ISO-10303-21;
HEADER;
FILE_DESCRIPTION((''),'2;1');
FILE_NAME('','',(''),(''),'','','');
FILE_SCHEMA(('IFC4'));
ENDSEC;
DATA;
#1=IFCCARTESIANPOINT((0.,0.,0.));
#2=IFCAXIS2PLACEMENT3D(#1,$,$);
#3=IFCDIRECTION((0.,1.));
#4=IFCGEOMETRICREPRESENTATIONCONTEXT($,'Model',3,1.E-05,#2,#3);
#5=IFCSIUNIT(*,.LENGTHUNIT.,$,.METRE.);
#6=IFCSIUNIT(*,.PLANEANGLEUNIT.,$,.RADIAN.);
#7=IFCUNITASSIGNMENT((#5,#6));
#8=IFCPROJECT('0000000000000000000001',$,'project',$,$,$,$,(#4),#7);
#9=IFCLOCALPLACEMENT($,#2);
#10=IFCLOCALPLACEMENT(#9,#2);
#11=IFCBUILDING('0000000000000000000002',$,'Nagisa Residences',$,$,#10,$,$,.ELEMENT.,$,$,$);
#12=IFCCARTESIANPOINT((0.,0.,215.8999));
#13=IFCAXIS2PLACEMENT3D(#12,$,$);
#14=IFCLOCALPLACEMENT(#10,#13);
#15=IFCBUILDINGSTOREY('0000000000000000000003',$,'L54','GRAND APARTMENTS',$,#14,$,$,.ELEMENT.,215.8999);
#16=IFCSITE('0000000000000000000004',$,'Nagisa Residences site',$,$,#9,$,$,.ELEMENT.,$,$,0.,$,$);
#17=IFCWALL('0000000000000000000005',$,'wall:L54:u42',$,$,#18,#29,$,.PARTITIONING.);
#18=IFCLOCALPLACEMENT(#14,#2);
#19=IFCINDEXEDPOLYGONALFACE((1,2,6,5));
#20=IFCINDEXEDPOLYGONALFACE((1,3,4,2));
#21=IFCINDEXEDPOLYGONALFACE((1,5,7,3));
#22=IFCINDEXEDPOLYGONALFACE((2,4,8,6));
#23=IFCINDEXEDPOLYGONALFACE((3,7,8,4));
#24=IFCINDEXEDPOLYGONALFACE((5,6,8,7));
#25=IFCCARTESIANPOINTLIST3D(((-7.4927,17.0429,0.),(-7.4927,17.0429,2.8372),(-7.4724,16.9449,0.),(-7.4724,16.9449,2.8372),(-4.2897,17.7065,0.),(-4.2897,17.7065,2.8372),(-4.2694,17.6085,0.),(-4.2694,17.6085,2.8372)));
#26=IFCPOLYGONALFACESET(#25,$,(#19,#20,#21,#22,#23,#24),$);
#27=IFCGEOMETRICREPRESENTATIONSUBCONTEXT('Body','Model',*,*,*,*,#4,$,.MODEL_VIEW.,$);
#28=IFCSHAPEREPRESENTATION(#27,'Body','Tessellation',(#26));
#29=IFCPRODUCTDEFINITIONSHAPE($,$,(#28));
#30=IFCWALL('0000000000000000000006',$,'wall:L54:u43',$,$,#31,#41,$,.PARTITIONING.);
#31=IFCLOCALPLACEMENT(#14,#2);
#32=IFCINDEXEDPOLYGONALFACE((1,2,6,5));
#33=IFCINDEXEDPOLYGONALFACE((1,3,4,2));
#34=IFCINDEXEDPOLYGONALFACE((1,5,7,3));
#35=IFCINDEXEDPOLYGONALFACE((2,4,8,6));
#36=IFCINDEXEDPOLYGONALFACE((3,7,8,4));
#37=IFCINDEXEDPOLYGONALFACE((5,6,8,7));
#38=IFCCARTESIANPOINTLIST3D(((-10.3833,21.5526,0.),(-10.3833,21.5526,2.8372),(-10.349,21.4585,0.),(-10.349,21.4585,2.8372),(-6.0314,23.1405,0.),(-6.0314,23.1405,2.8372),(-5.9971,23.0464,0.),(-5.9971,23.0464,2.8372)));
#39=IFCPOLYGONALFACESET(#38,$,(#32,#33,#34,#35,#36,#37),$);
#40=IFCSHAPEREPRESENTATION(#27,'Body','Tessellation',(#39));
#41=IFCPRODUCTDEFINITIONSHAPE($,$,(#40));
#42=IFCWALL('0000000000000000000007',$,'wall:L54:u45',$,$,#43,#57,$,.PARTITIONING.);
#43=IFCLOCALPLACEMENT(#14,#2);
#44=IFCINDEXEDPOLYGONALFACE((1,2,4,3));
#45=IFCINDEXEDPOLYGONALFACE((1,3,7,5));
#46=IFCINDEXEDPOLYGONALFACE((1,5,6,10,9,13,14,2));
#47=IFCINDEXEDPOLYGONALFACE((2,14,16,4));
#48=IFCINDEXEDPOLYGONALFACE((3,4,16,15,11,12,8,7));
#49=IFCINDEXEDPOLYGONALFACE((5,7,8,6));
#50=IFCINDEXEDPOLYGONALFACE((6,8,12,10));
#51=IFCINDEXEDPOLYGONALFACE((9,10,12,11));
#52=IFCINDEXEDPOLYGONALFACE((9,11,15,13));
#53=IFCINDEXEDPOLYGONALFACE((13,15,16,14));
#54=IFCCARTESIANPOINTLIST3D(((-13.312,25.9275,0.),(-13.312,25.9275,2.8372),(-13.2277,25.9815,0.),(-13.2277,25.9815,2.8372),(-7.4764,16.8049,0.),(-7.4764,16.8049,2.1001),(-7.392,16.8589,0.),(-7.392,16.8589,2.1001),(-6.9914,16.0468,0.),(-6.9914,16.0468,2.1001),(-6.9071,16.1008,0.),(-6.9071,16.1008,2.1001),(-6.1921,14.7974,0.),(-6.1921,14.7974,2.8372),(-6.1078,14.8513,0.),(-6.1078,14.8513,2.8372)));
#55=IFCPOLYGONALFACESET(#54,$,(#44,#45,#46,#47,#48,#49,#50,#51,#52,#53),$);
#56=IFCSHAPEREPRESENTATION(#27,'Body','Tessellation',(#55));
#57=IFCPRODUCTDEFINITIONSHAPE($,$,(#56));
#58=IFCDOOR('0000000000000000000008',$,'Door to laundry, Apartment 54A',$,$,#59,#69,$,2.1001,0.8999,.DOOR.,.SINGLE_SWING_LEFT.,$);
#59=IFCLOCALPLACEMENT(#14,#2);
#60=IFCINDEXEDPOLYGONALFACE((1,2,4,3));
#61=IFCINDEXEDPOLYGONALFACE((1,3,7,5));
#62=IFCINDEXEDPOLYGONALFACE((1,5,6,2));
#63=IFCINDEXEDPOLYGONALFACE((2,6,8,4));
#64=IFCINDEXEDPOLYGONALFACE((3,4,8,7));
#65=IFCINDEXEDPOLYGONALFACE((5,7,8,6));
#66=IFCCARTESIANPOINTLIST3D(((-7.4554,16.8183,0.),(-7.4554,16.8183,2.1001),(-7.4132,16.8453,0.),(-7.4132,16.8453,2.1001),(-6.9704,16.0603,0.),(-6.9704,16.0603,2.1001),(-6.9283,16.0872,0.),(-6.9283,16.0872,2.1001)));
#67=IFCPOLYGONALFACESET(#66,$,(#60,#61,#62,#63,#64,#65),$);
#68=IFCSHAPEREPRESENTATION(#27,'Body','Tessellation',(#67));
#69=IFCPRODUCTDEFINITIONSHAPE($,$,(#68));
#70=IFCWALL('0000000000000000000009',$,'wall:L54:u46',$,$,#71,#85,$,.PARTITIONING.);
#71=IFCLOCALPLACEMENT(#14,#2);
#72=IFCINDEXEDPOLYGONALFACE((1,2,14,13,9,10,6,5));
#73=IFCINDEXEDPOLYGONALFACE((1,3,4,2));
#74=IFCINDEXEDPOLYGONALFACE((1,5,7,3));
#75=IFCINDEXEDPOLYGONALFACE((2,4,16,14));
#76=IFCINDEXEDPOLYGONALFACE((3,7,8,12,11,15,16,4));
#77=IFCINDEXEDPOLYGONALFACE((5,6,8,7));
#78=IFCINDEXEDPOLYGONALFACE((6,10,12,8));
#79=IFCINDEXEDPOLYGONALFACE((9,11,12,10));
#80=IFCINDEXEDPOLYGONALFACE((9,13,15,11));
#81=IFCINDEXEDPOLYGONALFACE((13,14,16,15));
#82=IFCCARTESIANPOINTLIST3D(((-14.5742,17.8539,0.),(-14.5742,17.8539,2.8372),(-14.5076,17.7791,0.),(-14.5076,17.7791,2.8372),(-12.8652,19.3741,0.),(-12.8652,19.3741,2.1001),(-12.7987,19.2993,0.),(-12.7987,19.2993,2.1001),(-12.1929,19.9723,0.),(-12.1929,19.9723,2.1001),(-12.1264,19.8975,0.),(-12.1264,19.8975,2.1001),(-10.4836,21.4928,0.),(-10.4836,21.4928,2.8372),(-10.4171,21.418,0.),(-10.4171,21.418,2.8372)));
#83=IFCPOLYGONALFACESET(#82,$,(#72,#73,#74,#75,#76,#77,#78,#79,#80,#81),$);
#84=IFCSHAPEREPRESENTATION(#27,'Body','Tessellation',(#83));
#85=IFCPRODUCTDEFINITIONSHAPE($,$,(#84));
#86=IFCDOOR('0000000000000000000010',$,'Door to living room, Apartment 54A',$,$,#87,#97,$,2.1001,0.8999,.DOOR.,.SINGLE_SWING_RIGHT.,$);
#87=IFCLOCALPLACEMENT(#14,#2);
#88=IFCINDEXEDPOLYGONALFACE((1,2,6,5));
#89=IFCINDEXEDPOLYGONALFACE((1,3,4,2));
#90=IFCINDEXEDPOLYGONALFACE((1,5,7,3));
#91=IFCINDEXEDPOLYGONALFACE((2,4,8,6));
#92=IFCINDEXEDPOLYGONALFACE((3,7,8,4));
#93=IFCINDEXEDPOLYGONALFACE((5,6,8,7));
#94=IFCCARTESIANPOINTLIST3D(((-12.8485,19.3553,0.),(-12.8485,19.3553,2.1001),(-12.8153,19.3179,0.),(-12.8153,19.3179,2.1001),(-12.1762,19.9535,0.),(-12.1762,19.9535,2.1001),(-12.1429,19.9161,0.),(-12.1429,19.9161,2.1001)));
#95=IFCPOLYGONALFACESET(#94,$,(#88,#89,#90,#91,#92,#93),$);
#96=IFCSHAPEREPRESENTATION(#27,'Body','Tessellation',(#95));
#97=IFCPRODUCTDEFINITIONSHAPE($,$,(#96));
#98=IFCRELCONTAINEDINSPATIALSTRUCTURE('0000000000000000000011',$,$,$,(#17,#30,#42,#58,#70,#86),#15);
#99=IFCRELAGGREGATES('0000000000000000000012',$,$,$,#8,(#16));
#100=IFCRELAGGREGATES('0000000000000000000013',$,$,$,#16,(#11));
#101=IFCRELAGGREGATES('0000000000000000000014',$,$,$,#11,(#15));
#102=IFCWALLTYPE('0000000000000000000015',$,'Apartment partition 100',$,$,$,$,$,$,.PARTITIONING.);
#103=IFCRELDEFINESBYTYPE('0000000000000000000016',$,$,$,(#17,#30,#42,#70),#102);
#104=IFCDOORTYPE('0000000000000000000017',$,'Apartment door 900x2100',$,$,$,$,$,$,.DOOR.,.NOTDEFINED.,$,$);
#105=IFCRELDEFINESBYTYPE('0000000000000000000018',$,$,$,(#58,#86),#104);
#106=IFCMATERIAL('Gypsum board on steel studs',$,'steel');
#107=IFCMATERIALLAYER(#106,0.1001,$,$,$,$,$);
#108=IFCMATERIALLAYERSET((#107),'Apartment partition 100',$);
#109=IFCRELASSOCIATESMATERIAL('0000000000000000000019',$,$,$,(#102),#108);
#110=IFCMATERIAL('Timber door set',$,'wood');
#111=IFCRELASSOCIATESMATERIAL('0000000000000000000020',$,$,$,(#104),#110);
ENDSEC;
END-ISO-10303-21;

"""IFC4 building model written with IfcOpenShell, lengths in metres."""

from ifc_helpers import new_model, si_unit, direction, frame, frame_2d, origin, place, context, subcontext, project, spatial, rectangle, extrude, material, layer, layer_set, type_object, element, fill, save


model = new_model("IFC4")

# Units and contexts
model_context = context("Model", 3, precision=1e-05, world=origin(), true_north=direction((0.0, 1.0)))
body_context = subcontext(model_context, "Body", "Model", "MODEL_VIEW")
ifc_project = project(units=[si_unit("LENGTHUNIT", "METRE"), si_unit("PLANEANGLEUNIT", "RADIAN")], contexts=[model_context])

# Site, building, storey
site_placement = place(None, origin())
site = spatial("IfcSite", under=ifc_project, at=site_placement, Name="Nagisa Residences site", CompositionType="ELEMENT", RefElevation=0.0)
building_placement = place(site_placement, origin())
building = spatial("IfcBuilding", under=site, at=building_placement, Name="Nagisa Residences", CompositionType="ELEMENT")
storey_placement = place(building_placement, frame((0.0, 0.0, 215.8999)))
storey = spatial("IfcBuildingStorey", under=building, at=storey_placement, Name="L54", Description="GRAND APARTMENTS", CompositionType="ELEMENT", Elevation=215.8999)

# Shared definitions
ifc_material_1 = material(Name="Gypsum board on steel studs", Category="steel")
ifc_layer_1 = layer(ifc_material_1, 0.1001)
ifc_layer_set_1 = layer_set([ifc_layer_1], Name="Apartment partition 100")
wall_type_1 = type_object("IfcWallType", Name="Apartment partition 100", PredefinedType="PARTITIONING", material=ifc_layer_set_1)
ifc_material_2 = material(Name="Timber door set", Category="wood")
door_type_1 = type_object("IfcDoorType", Name="Apartment door 900x2100", OperationType="NOTDEFINED", PredefinedType="DOOR", material=ifc_material_2)

# Walls
wall_1_placement = place(storey_placement, frame((-4.2795, 17.6575, 0.0), z_axis=(0.0, 0.0, 1.0), x_axis=(-0.979205, -0.202872, 0.0)))
element("IfcWall", 1, at=wall_1_placement, inside=storey, type_object=wall_type_1, Name="wall:L54:u42", PredefinedType="PARTITIONING", context=body_context, shape_type="SweptSolid", body=[
    extrude(rectangle(XDim=3.271, YDim=0.1001, at=frame_2d((1.6355, 0.0))), origin(), (0.0, 0.0, 1.0), 2.8372),
])
wall_2_placement = place(storey_placement, frame((-6.0142, 23.0935, 0.0), z_axis=(0.0, 0.0, 1.0), x_axis=(-0.939417, -0.342775, 0.0)))
element("IfcWall", 2, at=wall_2_placement, inside=storey, type_object=wall_type_1, Name="wall:L54:u43", PredefinedType="PARTITIONING", context=body_context, shape_type="SweptSolid", body=[
    extrude(rectangle(XDim=4.6326, YDim=0.1001, at=frame_2d((2.3164, 0.0))), origin(), (0.0, 0.0, 1.0), 2.8372),
])

# Walls, openings, doors
wall_3_placement = place(storey_placement, frame((-6.1499, 14.8242, 0.0), z_axis=(0.0, 0.0, 1.0), x_axis=(-0.538871, 0.842388, 0.0)))
wall_3 = element("IfcWall", 3, at=wall_3_placement, inside=storey, type_object=wall_type_1, Name="wall:L54:u45", PredefinedType="PARTITIONING", context=body_context, shape_type="SweptSolid", body=[
    extrude(rectangle(XDim=13.2126, YDim=0.1001, at=frame_2d((6.6064, 0.0))), origin(), (0.0, 0.0, 1.0), 2.8372),
])
opening_1_placement = place(wall_3_placement, frame((1.4834, 0.0, 0.0)))
opening_1 = element("IfcOpeningElement", 4, at=opening_1_placement, cuts=wall_3, PredefinedType="OPENING", context=body_context, shape_type="SweptSolid", body=[
    extrude(rectangle(XDim=0.8999, YDim=2.1001, at=frame_2d((0.45, 1.05))), frame((0.0, 0.0601, 0.0), z_axis=(0.0, -1.0, 0.0), x_axis=(1.0, 0.0, 0.0)), (0.0, 0.0, 1.0), 0.1201),
])
door_1_placement = place(opening_1_placement, frame((0.8999, 0.0, 0.0), x_axis=(-1.0, 0.0, 0.0)))
door_1 = element("IfcDoor", 5, at=door_1_placement, inside=storey, type_object=door_type_1, Name="Door to laundry, Apartment 54A", OperationType="SINGLE_SWING_LEFT", OverallHeight=2.1001, OverallWidth=0.8999, PredefinedType="DOOR", context=body_context, shape_type="SweptSolid", body=[
    extrude(rectangle(XDim=0.8999, YDim=2.1001, at=frame_2d((0.45, 1.05))), frame((0.0, 0.0249, 0.0), z_axis=(0.0, -1.0, 0.0), x_axis=(1.0, 0.0, 0.0)), (0.0, 0.0, 1.0), 0.05),
])
fill(opening_1, door_1)
wall_4_placement = place(storey_placement, frame((-10.4504, 21.4553, 0.0), z_axis=(0.0, 0.0, 1.0), x_axis=(-0.747151, -0.664654, 0.0)))
wall_4 = element("IfcWall", 6, at=wall_4_placement, inside=storey, type_object=wall_type_1, Name="wall:L54:u46", PredefinedType="PARTITIONING", context=body_context, shape_type="SweptSolid", body=[
    extrude(rectangle(XDim=5.4749, YDim=0.1001, at=frame_2d((2.7373, 0.0))), origin(), (0.0, 0.0, 1.0), 2.8372),
])
opening_2_placement = place(wall_4_placement, frame((2.2876, 0.0, 0.0)))
opening_2 = element("IfcOpeningElement", 7, at=opening_2_placement, cuts=wall_4, PredefinedType="OPENING", context=body_context, shape_type="SweptSolid", body=[
    extrude(rectangle(XDim=0.8999, YDim=2.1001, at=frame_2d((0.45, 1.05))), frame((0.0, 0.0601, 0.0), z_axis=(0.0, -1.0, 0.0), x_axis=(1.0, 0.0, 0.0)), (0.0, 0.0, 1.0), 0.1201),
])
door_2_placement = place(opening_2_placement, frame((0.8999, 0.0, 0.0), x_axis=(-1.0, 0.0, 0.0)))
door_2 = element("IfcDoor", 8, at=door_2_placement, inside=storey, type_object=door_type_1, Name="Door to living room, Apartment 54A", OperationType="SINGLE_SWING_RIGHT", OverallHeight=2.1001, OverallWidth=0.8999, PredefinedType="DOOR", context=body_context, shape_type="SweptSolid", body=[
    extrude(rectangle(XDim=0.8999, YDim=2.1001, at=frame_2d((0.45, 1.05))), frame((0.0, 0.0249, 0.0), z_axis=(0.0, -1.0, 0.0), x_axis=(1.0, 0.0, 0.0)), (0.0, 0.0, 1.0), 0.05),
])
fill(opening_2, door_2)

save(model, "model.ifc")
